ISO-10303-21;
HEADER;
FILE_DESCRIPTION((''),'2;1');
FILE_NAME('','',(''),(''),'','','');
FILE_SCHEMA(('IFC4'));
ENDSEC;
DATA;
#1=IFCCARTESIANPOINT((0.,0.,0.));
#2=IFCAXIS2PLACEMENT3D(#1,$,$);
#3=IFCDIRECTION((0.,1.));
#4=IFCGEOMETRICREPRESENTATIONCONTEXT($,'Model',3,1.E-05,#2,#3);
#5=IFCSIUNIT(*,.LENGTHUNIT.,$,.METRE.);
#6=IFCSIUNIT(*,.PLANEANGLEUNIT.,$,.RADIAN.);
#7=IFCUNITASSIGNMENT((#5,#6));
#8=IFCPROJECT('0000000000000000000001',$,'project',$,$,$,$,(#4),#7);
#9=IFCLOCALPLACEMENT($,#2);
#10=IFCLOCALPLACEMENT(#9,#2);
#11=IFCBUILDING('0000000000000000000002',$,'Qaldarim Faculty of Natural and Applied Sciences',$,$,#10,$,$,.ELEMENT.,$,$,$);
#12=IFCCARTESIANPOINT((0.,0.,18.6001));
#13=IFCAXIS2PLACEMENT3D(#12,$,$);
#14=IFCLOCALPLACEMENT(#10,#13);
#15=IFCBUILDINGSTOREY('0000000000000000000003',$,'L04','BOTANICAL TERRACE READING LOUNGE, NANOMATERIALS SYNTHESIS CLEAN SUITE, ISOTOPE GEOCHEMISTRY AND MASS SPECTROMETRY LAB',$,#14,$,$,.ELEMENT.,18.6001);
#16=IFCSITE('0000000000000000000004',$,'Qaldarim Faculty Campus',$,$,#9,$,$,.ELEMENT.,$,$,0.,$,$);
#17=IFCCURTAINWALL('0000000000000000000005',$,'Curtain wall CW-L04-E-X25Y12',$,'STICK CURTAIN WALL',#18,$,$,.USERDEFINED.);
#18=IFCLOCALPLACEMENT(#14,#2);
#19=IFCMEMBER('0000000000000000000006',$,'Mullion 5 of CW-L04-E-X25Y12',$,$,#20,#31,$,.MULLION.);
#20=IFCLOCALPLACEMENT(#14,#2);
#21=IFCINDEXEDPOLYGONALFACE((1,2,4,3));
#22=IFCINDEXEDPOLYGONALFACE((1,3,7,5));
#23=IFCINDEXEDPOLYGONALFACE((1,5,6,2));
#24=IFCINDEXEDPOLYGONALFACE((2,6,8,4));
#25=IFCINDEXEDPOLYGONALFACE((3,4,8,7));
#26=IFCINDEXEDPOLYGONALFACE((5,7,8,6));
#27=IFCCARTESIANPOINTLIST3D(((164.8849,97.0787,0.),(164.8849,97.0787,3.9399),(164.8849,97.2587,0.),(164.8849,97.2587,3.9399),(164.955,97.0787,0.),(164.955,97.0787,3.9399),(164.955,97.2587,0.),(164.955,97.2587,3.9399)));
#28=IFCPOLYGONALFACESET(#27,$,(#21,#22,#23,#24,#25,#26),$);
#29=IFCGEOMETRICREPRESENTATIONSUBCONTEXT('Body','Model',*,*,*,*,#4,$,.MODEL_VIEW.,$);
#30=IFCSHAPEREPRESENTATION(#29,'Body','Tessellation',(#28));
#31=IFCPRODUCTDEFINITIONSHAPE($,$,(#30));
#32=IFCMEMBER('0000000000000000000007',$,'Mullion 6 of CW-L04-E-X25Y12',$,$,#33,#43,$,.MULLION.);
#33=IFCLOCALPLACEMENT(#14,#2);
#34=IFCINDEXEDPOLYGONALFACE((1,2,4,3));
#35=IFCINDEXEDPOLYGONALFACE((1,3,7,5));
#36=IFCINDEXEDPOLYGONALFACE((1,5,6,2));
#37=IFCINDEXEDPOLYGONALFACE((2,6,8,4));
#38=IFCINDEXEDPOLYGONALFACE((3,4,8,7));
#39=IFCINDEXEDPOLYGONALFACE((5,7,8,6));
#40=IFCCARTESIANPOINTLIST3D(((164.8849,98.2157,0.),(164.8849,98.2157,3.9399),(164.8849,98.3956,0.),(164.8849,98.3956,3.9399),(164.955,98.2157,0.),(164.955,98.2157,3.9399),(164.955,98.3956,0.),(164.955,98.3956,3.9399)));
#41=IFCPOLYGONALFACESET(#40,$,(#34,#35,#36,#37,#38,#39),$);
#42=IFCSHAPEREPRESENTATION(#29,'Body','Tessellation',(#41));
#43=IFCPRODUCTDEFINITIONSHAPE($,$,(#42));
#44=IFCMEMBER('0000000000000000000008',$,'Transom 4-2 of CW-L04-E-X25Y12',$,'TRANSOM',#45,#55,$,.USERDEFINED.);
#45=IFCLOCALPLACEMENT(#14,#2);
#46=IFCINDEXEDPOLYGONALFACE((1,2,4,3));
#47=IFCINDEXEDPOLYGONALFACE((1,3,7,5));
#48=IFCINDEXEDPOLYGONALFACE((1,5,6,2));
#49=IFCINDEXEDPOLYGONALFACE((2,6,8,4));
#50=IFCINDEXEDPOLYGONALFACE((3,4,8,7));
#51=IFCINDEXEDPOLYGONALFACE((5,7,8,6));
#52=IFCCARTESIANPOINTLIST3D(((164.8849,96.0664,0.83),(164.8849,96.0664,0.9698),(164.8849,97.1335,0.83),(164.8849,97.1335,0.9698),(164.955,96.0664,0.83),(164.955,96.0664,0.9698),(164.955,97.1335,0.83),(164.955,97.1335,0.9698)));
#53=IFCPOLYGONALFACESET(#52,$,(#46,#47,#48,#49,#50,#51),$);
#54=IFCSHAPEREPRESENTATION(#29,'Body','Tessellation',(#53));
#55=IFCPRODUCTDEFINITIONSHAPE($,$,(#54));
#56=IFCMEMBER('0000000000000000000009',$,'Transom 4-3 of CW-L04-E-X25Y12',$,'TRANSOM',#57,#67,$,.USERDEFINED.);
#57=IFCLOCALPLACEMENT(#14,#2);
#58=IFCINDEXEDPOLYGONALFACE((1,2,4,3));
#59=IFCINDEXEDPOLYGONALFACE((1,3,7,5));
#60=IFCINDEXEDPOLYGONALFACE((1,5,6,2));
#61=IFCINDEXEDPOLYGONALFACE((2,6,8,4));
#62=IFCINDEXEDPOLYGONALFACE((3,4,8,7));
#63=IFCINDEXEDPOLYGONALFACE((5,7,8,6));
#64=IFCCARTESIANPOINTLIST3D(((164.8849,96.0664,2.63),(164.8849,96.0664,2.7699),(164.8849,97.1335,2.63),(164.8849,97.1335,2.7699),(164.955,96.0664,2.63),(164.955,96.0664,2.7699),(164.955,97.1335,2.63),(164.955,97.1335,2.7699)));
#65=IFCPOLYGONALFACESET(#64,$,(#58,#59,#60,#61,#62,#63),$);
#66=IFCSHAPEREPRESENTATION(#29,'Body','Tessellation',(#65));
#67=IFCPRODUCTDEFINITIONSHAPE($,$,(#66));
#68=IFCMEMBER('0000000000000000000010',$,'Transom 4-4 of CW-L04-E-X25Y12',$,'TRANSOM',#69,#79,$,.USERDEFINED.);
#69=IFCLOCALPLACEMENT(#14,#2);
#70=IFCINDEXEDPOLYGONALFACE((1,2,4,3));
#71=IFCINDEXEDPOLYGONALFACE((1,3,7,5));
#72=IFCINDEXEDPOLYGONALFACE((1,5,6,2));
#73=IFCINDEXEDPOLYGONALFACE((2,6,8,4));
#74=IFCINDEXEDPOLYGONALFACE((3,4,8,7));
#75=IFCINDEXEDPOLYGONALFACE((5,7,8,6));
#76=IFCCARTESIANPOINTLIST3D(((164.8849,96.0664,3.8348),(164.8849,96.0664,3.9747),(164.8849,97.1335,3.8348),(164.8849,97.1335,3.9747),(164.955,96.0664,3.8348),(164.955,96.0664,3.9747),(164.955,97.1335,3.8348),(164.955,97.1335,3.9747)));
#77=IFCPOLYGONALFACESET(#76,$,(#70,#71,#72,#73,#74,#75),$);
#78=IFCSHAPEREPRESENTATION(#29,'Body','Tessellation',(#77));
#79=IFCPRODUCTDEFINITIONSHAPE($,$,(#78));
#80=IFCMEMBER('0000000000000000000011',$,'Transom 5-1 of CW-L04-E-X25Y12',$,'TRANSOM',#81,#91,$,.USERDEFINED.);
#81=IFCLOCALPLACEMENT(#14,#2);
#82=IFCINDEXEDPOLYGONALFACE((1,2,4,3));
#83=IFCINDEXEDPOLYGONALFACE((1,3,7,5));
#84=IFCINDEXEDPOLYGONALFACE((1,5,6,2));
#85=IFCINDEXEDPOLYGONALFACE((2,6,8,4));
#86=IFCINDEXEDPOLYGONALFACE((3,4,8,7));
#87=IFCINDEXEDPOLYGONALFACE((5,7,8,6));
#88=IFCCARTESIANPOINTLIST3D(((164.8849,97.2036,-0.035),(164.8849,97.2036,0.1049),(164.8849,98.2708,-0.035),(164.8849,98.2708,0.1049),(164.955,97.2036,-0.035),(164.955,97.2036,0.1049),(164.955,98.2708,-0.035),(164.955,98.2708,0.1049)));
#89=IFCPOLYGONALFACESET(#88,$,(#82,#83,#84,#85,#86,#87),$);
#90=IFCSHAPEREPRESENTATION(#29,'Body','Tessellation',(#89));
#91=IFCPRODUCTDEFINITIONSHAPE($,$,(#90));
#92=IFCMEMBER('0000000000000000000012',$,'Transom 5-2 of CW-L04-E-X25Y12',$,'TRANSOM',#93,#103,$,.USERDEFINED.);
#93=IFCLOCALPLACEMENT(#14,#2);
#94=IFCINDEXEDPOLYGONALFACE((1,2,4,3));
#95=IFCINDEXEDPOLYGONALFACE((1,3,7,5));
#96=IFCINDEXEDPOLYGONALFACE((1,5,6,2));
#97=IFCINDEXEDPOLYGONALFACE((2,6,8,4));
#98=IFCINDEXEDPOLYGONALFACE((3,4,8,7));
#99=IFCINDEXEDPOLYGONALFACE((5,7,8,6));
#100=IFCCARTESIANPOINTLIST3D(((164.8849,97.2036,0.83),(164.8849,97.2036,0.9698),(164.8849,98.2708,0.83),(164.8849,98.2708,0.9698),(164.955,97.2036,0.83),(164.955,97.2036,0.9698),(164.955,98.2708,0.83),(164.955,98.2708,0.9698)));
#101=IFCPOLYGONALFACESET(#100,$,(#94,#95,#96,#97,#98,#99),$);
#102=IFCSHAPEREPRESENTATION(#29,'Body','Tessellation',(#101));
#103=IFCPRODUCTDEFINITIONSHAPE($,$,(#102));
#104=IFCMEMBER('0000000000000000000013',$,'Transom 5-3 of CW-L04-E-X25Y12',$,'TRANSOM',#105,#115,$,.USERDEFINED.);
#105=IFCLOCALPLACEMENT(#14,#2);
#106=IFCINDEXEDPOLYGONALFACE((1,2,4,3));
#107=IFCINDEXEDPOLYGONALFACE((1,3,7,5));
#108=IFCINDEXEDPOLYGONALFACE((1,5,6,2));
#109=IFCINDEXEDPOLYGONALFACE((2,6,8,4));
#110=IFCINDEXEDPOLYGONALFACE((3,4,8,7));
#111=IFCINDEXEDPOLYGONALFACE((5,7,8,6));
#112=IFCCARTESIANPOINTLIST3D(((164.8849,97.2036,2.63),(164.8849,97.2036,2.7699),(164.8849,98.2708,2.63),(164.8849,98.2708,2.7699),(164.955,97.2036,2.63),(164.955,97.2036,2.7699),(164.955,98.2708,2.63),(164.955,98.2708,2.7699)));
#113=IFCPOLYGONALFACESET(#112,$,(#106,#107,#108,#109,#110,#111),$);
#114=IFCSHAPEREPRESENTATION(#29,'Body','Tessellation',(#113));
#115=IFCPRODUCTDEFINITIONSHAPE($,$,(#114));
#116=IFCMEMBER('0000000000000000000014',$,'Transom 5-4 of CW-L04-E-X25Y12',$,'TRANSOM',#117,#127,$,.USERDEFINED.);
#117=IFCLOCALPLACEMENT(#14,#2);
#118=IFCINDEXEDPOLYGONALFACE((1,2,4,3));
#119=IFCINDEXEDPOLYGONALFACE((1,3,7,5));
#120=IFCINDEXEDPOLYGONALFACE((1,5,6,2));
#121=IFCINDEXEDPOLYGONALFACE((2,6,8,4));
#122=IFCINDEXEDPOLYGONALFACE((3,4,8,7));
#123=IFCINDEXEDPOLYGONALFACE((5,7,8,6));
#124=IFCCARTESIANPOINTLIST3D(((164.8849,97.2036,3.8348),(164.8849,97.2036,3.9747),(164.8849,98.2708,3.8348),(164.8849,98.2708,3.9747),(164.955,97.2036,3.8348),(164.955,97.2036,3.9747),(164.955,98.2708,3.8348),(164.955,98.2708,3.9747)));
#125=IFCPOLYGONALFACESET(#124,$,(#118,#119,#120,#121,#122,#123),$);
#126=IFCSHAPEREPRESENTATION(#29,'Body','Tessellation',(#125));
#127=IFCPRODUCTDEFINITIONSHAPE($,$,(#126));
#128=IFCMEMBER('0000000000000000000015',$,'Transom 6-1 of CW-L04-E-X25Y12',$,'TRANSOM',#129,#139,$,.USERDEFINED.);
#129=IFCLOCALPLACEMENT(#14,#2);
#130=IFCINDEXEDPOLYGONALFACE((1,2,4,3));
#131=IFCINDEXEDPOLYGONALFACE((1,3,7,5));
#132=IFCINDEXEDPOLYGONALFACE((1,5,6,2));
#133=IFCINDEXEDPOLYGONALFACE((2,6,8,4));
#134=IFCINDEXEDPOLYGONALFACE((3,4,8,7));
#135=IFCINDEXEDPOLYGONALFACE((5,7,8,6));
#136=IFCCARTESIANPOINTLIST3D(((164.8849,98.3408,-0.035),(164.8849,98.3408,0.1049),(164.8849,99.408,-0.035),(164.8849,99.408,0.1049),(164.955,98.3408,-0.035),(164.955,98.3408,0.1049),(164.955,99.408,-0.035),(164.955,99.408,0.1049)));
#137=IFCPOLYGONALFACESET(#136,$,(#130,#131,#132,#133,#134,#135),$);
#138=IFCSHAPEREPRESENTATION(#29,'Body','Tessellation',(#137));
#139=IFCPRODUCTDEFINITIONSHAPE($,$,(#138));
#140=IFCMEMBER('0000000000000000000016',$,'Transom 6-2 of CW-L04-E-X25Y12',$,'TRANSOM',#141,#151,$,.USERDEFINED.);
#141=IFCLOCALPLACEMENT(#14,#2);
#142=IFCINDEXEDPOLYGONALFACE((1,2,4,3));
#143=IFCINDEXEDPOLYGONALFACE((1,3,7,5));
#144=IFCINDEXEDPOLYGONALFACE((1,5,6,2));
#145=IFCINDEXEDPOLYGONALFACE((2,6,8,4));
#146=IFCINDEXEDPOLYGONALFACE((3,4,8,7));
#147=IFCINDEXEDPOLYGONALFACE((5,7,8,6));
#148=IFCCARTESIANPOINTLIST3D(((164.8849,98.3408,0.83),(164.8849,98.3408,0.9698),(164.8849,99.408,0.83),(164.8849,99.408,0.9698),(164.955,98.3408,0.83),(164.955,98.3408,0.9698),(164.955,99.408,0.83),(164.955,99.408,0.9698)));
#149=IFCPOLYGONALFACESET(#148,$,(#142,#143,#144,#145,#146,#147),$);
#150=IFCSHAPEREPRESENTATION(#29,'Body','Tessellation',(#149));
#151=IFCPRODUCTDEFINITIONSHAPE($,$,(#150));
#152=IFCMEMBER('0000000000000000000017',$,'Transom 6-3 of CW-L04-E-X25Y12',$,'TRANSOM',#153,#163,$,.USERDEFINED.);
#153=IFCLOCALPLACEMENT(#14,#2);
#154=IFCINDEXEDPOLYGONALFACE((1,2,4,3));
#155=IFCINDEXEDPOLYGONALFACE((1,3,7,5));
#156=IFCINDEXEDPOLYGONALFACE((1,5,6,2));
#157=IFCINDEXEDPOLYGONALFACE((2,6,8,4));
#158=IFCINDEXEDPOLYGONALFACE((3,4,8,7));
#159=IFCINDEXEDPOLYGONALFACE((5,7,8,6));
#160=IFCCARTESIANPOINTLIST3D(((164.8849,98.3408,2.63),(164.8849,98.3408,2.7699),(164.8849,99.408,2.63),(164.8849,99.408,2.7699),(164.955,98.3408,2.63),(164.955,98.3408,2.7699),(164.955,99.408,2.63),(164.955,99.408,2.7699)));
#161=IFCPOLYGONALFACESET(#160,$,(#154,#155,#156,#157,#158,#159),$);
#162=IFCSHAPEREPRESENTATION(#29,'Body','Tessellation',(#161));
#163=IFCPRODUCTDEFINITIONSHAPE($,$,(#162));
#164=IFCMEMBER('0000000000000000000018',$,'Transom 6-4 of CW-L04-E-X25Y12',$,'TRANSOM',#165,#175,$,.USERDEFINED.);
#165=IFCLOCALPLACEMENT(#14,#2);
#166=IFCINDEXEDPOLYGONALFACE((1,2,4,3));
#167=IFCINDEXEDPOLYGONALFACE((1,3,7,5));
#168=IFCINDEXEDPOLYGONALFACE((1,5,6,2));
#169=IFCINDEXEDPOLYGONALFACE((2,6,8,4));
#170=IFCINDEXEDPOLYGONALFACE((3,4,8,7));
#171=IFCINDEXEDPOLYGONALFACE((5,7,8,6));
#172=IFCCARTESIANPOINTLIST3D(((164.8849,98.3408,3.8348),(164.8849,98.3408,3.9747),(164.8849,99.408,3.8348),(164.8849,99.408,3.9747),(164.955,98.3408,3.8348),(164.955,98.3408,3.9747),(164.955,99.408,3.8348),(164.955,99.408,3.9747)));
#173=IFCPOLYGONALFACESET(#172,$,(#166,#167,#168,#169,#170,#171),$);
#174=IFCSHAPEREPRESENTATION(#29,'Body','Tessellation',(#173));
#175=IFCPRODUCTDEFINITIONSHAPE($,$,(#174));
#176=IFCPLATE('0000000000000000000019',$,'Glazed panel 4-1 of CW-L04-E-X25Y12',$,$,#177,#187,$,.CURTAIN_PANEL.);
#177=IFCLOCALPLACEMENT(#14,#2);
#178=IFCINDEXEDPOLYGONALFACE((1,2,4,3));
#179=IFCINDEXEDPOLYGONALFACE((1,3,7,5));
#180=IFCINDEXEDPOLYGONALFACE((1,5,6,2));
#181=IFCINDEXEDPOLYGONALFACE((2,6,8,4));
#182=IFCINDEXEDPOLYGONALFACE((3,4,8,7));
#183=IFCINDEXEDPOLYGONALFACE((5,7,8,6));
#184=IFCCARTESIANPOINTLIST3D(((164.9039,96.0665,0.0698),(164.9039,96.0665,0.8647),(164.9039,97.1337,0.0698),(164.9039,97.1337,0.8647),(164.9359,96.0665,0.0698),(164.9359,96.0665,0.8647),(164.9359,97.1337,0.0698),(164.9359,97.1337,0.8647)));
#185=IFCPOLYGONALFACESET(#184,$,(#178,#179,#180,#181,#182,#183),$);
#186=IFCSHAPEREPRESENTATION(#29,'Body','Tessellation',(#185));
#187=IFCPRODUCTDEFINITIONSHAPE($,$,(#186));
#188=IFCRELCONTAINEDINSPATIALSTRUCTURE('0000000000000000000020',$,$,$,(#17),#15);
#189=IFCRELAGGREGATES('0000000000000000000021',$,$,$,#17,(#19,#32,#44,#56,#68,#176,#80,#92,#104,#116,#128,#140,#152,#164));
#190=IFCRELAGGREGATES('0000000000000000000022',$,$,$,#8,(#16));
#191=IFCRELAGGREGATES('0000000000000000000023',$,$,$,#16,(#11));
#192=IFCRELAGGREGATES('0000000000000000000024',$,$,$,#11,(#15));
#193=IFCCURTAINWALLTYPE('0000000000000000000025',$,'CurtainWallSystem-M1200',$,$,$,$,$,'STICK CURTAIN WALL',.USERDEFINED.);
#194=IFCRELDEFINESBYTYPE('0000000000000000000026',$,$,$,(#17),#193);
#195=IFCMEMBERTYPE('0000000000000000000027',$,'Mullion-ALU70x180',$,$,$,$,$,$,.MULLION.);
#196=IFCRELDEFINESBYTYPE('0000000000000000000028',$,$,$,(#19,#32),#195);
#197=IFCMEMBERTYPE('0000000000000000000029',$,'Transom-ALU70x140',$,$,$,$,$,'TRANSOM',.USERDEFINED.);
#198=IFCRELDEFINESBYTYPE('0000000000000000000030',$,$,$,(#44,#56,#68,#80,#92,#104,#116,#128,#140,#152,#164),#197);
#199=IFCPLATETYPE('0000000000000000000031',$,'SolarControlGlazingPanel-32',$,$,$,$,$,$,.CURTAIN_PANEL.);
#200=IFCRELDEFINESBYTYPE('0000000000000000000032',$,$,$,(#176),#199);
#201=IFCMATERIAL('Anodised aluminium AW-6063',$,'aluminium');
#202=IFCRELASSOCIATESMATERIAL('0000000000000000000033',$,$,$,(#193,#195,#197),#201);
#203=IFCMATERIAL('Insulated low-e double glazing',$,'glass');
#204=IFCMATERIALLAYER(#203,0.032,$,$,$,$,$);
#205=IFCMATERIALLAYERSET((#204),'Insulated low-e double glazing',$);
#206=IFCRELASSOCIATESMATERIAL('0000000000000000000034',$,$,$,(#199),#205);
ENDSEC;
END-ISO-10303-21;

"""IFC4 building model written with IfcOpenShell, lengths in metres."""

from ifc_helpers import new_model, si_unit, direction, frame, origin, origin_2d, place, context, subcontext, project, spatial, rectangle, extrude, material, layer, layer_set, material_profile, profile_set, type_object, element, aggregate, save


model = new_model("IFC4")

# Units and contexts
model_context = context("Model", 3, precision=1e-05, world=origin(), true_north=direction((0.0, 1.0)))
body_context = subcontext(model_context, "Body", "Model", "MODEL_VIEW")
ifc_project = project(units=[si_unit("LENGTHUNIT", "METRE"), si_unit("PLANEANGLEUNIT", "RADIAN")], contexts=[model_context])

# Site, building, storey
site_placement = place(None, origin())
site = spatial("IfcSite", under=ifc_project, at=site_placement, Name="Qaldarim Faculty Campus", CompositionType="ELEMENT", RefElevation=0.0)
building_placement = place(site_placement, origin())
building = spatial("IfcBuilding", under=site, at=building_placement, Name="Qaldarim Faculty of Natural and Applied Sciences", CompositionType="ELEMENT")
storey_placement = place(building_placement, frame((0.0, 0.0, 18.6001)))
storey = spatial("IfcBuildingStorey", under=building, at=storey_placement, Name="L04", Description="BOTANICAL TERRACE READING LOUNGE, NANOMATERIALS SYNTHESIS CLEAN SUITE, ISOTOPE GEOCHEMISTRY AND MASS SPECTROMETRY LAB", CompositionType="ELEMENT", Elevation=18.6001)

# Curtain wall, members, plate
ifc_material_1 = material(Name="Anodised aluminium AW-6063", Category="aluminium")
curtain_wall_type = type_object("IfcCurtainWallType", Name="CurtainWallSystem-M1200", ElementType="STICK CURTAIN WALL", PredefinedType="USERDEFINED", material=ifc_material_1)
curtain_wall_placement = place(storey_placement, origin())
curtain_wall = element("IfcCurtainWall", 1, at=curtain_wall_placement, inside=storey, type_object=curtain_wall_type, Name="Curtain wall CW-L04-E-X25Y12", ObjectType="STICK CURTAIN WALL", PredefinedType="USERDEFINED")
ifc_material_profile_1 = material_profile(ifc_material_1, rectangle(XDim=0.0701, YDim=0.1799, at=origin_2d()), Name="ALU-M70x180")
ifc_profile_set_1 = profile_set([ifc_material_profile_1], Name="Anodised aluminium AW-6063")
member_type_1 = type_object("IfcMemberType", Name="Mullion-ALU70x180", PredefinedType="MULLION", material=ifc_profile_set_1)
member_1_placement = place(storey_placement, frame((164.9199, 97.1687, 0.0), z_axis=(0.0, 0.0, 1.0), x_axis=(-1.0, 0.0, 0.0)))
member_1 = element("IfcMember", 2, at=member_1_placement, type_object=member_type_1, Name="Mullion 5 of CW-L04-E-X25Y12", PredefinedType="MULLION", context=body_context, shape_type="SweptSolid", body=[
    extrude(rectangle(XDim=0.0701, YDim=0.1799, at=origin_2d()), origin(), (0.0, 0.0, 1.0), 3.9399),
])
member_2_placement = place(storey_placement, frame((164.9199, 98.3057, 0.0), z_axis=(0.0, 0.0, 1.0), x_axis=(-1.0, 0.0, 0.0)))
member_2 = element("IfcMember", 3, at=member_2_placement, type_object=member_type_1, Name="Mullion 6 of CW-L04-E-X25Y12", PredefinedType="MULLION", context=body_context, shape_type="SweptSolid", body=[
    extrude(rectangle(XDim=0.0701, YDim=0.1799, at=origin_2d()), origin(), (0.0, 0.0, 1.0), 3.9399),
])
ifc_material_profile_2 = material_profile(ifc_material_1, rectangle(XDim=0.0701, YDim=0.1399, at=origin_2d()), Name="ALU-T70x140")
ifc_profile_set_2 = profile_set([ifc_material_profile_2], Name="Anodised aluminium AW-6063")
member_type_2 = type_object("IfcMemberType", Name="Transom-ALU70x140", ElementType="TRANSOM", PredefinedType="USERDEFINED", material=ifc_profile_set_2)
member_3_placement = place(storey_placement, frame((164.9199, 96.0664, 0.8999), z_axis=(0.0, 1.0, 0.0), x_axis=(-1.0, 0.0, 0.0)))
member_3 = element("IfcMember", 4, at=member_3_placement, type_object=member_type_2, Name="Transom 4-2 of CW-L04-E-X25Y12", ObjectType="TRANSOM", PredefinedType="USERDEFINED", context=body_context, shape_type="SweptSolid", body=[
    extrude(rectangle(XDim=0.0701, YDim=0.1399, at=origin_2d()), origin(), (0.0, 0.0, 1.0), 1.0671),
])
member_4_placement = place(storey_placement, frame((164.9199, 96.0664, 2.7), z_axis=(0.0, 1.0, 0.0), x_axis=(-1.0, 0.0, 0.0)))
member_4 = element("IfcMember", 5, at=member_4_placement, type_object=member_type_2, Name="Transom 4-3 of CW-L04-E-X25Y12", ObjectType="TRANSOM", PredefinedType="USERDEFINED", context=body_context, shape_type="SweptSolid", body=[
    extrude(rectangle(XDim=0.0701, YDim=0.1399, at=origin_2d()), origin(), (0.0, 0.0, 1.0), 1.0671),
])
member_5_placement = place(storey_placement, frame((164.9199, 96.0664, 3.9048), z_axis=(0.0, 1.0, 0.0), x_axis=(-1.0, 0.0, 0.0)))
member_5 = element("IfcMember", 6, at=member_5_placement, type_object=member_type_2, Name="Transom 4-4 of CW-L04-E-X25Y12", ObjectType="TRANSOM", PredefinedType="USERDEFINED", context=body_context, shape_type="SweptSolid", body=[
    extrude(rectangle(XDim=0.0701, YDim=0.1399, at=origin_2d()), origin(), (0.0, 0.0, 1.0), 1.0671),
])
member_6_placement = place(storey_placement, frame((164.9199, 97.2036, 0.0349), z_axis=(0.0, 1.0, 0.0), x_axis=(-1.0, 0.0, 0.0)))
member_6 = element("IfcMember", 7, at=member_6_placement, type_object=member_type_2, Name="Transom 5-1 of CW-L04-E-X25Y12", ObjectType="TRANSOM", PredefinedType="USERDEFINED", context=body_context, shape_type="SweptSolid", body=[
    extrude(rectangle(XDim=0.0701, YDim=0.1399, at=origin_2d()), origin(), (0.0, 0.0, 1.0), 1.0671),
])
member_7_placement = place(storey_placement, frame((164.9199, 97.2036, 0.8999), z_axis=(0.0, 1.0, 0.0), x_axis=(-1.0, 0.0, 0.0)))
member_7 = element("IfcMember", 8, at=member_7_placement, type_object=member_type_2, Name="Transom 5-2 of CW-L04-E-X25Y12", ObjectType="TRANSOM", PredefinedType="USERDEFINED", context=body_context, shape_type="SweptSolid", body=[
    extrude(rectangle(XDim=0.0701, YDim=0.1399, at=origin_2d()), origin(), (0.0, 0.0, 1.0), 1.0671),
])
member_8_placement = place(storey_placement, frame((164.9199, 97.2036, 2.7), z_axis=(0.0, 1.0, 0.0), x_axis=(-1.0, 0.0, 0.0)))
member_8 = element("IfcMember", 9, at=member_8_placement, type_object=member_type_2, Name="Transom 5-3 of CW-L04-E-X25Y12", ObjectType="TRANSOM", PredefinedType="USERDEFINED", context=body_context, shape_type="SweptSolid", body=[
    extrude(rectangle(XDim=0.0701, YDim=0.1399, at=origin_2d()), origin(), (0.0, 0.0, 1.0), 1.0671),
])
member_9_placement = place(storey_placement, frame((164.9199, 97.2036, 3.9048), z_axis=(0.0, 1.0, 0.0), x_axis=(-1.0, 0.0, 0.0)))
member_9 = element("IfcMember", 10, at=member_9_placement, type_object=member_type_2, Name="Transom 5-4 of CW-L04-E-X25Y12", ObjectType="TRANSOM", PredefinedType="USERDEFINED", context=body_context, shape_type="SweptSolid", body=[
    extrude(rectangle(XDim=0.0701, YDim=0.1399, at=origin_2d()), origin(), (0.0, 0.0, 1.0), 1.0671),
])
member_10_placement = place(storey_placement, frame((164.9199, 98.3408, 0.0349), z_axis=(0.0, 1.0, 0.0), x_axis=(-1.0, 0.0, 0.0)))
member_10 = element("IfcMember", 11, at=member_10_placement, type_object=member_type_2, Name="Transom 6-1 of CW-L04-E-X25Y12", ObjectType="TRANSOM", PredefinedType="USERDEFINED", context=body_context, shape_type="SweptSolid", body=[
    extrude(rectangle(XDim=0.0701, YDim=0.1399, at=origin_2d()), origin(), (0.0, 0.0, 1.0), 1.0671),
])
member_11_placement = place(storey_placement, frame((164.9199, 98.3408, 0.8999), z_axis=(0.0, 1.0, 0.0), x_axis=(-1.0, 0.0, 0.0)))
member_11 = element("IfcMember", 12, at=member_11_placement, type_object=member_type_2, Name="Transom 6-2 of CW-L04-E-X25Y12", ObjectType="TRANSOM", PredefinedType="USERDEFINED", context=body_context, shape_type="SweptSolid", body=[
    extrude(rectangle(XDim=0.0701, YDim=0.1399, at=origin_2d()), origin(), (0.0, 0.0, 1.0), 1.0671),
])
member_12_placement = place(storey_placement, frame((164.9199, 98.3408, 2.7), z_axis=(0.0, 1.0, 0.0), x_axis=(-1.0, 0.0, 0.0)))
member_12 = element("IfcMember", 13, at=member_12_placement, type_object=member_type_2, Name="Transom 6-3 of CW-L04-E-X25Y12", ObjectType="TRANSOM", PredefinedType="USERDEFINED", context=body_context, shape_type="SweptSolid", body=[
    extrude(rectangle(XDim=0.0701, YDim=0.1399, at=origin_2d()), origin(), (0.0, 0.0, 1.0), 1.0671),
])
member_13_placement = place(storey_placement, frame((164.9199, 98.3408, 3.9048), z_axis=(0.0, 1.0, 0.0), x_axis=(-1.0, 0.0, 0.0)))
member_13 = element("IfcMember", 14, at=member_13_placement, type_object=member_type_2, Name="Transom 6-4 of CW-L04-E-X25Y12", ObjectType="TRANSOM", PredefinedType="USERDEFINED", context=body_context, shape_type="SweptSolid", body=[
    extrude(rectangle(XDim=0.0701, YDim=0.1399, at=origin_2d()), origin(), (0.0, 0.0, 1.0), 1.0671),
])
ifc_material_2 = material(Name="Insulated low-e double glazing", Category="glass")
ifc_layer_1 = layer(ifc_material_2, 0.032)
ifc_layer_set_1 = layer_set([ifc_layer_1], Name="Insulated low-e double glazing")
plate_type = type_object("IfcPlateType", Name="SolarControlGlazingPanel-32", PredefinedType="CURTAIN_PANEL", material=ifc_layer_set_1)
plate_1_placement = place(storey_placement, frame((164.9199, 96.6001, 0.0698), z_axis=(0.0, 0.0, 1.0), x_axis=(0.0, 1.0, 0.0)))
plate_1 = element("IfcPlate", 15, at=plate_1_placement, type_object=plate_type, Name="Glazed panel 4-1 of CW-L04-E-X25Y12", PredefinedType="CURTAIN_PANEL", context=body_context, shape_type="SweptSolid", body=[
    extrude(rectangle(XDim=1.0671, YDim=0.032, at=origin_2d()), origin(), (0.0, 0.0, 1.0), 0.7949),
])
aggregate(curtain_wall, [member_1, member_2, member_3, member_4, member_5, plate_1, member_6, member_7, member_8, member_9, member_10, member_11, member_12, member_13])

save(model, "model.ifc")
